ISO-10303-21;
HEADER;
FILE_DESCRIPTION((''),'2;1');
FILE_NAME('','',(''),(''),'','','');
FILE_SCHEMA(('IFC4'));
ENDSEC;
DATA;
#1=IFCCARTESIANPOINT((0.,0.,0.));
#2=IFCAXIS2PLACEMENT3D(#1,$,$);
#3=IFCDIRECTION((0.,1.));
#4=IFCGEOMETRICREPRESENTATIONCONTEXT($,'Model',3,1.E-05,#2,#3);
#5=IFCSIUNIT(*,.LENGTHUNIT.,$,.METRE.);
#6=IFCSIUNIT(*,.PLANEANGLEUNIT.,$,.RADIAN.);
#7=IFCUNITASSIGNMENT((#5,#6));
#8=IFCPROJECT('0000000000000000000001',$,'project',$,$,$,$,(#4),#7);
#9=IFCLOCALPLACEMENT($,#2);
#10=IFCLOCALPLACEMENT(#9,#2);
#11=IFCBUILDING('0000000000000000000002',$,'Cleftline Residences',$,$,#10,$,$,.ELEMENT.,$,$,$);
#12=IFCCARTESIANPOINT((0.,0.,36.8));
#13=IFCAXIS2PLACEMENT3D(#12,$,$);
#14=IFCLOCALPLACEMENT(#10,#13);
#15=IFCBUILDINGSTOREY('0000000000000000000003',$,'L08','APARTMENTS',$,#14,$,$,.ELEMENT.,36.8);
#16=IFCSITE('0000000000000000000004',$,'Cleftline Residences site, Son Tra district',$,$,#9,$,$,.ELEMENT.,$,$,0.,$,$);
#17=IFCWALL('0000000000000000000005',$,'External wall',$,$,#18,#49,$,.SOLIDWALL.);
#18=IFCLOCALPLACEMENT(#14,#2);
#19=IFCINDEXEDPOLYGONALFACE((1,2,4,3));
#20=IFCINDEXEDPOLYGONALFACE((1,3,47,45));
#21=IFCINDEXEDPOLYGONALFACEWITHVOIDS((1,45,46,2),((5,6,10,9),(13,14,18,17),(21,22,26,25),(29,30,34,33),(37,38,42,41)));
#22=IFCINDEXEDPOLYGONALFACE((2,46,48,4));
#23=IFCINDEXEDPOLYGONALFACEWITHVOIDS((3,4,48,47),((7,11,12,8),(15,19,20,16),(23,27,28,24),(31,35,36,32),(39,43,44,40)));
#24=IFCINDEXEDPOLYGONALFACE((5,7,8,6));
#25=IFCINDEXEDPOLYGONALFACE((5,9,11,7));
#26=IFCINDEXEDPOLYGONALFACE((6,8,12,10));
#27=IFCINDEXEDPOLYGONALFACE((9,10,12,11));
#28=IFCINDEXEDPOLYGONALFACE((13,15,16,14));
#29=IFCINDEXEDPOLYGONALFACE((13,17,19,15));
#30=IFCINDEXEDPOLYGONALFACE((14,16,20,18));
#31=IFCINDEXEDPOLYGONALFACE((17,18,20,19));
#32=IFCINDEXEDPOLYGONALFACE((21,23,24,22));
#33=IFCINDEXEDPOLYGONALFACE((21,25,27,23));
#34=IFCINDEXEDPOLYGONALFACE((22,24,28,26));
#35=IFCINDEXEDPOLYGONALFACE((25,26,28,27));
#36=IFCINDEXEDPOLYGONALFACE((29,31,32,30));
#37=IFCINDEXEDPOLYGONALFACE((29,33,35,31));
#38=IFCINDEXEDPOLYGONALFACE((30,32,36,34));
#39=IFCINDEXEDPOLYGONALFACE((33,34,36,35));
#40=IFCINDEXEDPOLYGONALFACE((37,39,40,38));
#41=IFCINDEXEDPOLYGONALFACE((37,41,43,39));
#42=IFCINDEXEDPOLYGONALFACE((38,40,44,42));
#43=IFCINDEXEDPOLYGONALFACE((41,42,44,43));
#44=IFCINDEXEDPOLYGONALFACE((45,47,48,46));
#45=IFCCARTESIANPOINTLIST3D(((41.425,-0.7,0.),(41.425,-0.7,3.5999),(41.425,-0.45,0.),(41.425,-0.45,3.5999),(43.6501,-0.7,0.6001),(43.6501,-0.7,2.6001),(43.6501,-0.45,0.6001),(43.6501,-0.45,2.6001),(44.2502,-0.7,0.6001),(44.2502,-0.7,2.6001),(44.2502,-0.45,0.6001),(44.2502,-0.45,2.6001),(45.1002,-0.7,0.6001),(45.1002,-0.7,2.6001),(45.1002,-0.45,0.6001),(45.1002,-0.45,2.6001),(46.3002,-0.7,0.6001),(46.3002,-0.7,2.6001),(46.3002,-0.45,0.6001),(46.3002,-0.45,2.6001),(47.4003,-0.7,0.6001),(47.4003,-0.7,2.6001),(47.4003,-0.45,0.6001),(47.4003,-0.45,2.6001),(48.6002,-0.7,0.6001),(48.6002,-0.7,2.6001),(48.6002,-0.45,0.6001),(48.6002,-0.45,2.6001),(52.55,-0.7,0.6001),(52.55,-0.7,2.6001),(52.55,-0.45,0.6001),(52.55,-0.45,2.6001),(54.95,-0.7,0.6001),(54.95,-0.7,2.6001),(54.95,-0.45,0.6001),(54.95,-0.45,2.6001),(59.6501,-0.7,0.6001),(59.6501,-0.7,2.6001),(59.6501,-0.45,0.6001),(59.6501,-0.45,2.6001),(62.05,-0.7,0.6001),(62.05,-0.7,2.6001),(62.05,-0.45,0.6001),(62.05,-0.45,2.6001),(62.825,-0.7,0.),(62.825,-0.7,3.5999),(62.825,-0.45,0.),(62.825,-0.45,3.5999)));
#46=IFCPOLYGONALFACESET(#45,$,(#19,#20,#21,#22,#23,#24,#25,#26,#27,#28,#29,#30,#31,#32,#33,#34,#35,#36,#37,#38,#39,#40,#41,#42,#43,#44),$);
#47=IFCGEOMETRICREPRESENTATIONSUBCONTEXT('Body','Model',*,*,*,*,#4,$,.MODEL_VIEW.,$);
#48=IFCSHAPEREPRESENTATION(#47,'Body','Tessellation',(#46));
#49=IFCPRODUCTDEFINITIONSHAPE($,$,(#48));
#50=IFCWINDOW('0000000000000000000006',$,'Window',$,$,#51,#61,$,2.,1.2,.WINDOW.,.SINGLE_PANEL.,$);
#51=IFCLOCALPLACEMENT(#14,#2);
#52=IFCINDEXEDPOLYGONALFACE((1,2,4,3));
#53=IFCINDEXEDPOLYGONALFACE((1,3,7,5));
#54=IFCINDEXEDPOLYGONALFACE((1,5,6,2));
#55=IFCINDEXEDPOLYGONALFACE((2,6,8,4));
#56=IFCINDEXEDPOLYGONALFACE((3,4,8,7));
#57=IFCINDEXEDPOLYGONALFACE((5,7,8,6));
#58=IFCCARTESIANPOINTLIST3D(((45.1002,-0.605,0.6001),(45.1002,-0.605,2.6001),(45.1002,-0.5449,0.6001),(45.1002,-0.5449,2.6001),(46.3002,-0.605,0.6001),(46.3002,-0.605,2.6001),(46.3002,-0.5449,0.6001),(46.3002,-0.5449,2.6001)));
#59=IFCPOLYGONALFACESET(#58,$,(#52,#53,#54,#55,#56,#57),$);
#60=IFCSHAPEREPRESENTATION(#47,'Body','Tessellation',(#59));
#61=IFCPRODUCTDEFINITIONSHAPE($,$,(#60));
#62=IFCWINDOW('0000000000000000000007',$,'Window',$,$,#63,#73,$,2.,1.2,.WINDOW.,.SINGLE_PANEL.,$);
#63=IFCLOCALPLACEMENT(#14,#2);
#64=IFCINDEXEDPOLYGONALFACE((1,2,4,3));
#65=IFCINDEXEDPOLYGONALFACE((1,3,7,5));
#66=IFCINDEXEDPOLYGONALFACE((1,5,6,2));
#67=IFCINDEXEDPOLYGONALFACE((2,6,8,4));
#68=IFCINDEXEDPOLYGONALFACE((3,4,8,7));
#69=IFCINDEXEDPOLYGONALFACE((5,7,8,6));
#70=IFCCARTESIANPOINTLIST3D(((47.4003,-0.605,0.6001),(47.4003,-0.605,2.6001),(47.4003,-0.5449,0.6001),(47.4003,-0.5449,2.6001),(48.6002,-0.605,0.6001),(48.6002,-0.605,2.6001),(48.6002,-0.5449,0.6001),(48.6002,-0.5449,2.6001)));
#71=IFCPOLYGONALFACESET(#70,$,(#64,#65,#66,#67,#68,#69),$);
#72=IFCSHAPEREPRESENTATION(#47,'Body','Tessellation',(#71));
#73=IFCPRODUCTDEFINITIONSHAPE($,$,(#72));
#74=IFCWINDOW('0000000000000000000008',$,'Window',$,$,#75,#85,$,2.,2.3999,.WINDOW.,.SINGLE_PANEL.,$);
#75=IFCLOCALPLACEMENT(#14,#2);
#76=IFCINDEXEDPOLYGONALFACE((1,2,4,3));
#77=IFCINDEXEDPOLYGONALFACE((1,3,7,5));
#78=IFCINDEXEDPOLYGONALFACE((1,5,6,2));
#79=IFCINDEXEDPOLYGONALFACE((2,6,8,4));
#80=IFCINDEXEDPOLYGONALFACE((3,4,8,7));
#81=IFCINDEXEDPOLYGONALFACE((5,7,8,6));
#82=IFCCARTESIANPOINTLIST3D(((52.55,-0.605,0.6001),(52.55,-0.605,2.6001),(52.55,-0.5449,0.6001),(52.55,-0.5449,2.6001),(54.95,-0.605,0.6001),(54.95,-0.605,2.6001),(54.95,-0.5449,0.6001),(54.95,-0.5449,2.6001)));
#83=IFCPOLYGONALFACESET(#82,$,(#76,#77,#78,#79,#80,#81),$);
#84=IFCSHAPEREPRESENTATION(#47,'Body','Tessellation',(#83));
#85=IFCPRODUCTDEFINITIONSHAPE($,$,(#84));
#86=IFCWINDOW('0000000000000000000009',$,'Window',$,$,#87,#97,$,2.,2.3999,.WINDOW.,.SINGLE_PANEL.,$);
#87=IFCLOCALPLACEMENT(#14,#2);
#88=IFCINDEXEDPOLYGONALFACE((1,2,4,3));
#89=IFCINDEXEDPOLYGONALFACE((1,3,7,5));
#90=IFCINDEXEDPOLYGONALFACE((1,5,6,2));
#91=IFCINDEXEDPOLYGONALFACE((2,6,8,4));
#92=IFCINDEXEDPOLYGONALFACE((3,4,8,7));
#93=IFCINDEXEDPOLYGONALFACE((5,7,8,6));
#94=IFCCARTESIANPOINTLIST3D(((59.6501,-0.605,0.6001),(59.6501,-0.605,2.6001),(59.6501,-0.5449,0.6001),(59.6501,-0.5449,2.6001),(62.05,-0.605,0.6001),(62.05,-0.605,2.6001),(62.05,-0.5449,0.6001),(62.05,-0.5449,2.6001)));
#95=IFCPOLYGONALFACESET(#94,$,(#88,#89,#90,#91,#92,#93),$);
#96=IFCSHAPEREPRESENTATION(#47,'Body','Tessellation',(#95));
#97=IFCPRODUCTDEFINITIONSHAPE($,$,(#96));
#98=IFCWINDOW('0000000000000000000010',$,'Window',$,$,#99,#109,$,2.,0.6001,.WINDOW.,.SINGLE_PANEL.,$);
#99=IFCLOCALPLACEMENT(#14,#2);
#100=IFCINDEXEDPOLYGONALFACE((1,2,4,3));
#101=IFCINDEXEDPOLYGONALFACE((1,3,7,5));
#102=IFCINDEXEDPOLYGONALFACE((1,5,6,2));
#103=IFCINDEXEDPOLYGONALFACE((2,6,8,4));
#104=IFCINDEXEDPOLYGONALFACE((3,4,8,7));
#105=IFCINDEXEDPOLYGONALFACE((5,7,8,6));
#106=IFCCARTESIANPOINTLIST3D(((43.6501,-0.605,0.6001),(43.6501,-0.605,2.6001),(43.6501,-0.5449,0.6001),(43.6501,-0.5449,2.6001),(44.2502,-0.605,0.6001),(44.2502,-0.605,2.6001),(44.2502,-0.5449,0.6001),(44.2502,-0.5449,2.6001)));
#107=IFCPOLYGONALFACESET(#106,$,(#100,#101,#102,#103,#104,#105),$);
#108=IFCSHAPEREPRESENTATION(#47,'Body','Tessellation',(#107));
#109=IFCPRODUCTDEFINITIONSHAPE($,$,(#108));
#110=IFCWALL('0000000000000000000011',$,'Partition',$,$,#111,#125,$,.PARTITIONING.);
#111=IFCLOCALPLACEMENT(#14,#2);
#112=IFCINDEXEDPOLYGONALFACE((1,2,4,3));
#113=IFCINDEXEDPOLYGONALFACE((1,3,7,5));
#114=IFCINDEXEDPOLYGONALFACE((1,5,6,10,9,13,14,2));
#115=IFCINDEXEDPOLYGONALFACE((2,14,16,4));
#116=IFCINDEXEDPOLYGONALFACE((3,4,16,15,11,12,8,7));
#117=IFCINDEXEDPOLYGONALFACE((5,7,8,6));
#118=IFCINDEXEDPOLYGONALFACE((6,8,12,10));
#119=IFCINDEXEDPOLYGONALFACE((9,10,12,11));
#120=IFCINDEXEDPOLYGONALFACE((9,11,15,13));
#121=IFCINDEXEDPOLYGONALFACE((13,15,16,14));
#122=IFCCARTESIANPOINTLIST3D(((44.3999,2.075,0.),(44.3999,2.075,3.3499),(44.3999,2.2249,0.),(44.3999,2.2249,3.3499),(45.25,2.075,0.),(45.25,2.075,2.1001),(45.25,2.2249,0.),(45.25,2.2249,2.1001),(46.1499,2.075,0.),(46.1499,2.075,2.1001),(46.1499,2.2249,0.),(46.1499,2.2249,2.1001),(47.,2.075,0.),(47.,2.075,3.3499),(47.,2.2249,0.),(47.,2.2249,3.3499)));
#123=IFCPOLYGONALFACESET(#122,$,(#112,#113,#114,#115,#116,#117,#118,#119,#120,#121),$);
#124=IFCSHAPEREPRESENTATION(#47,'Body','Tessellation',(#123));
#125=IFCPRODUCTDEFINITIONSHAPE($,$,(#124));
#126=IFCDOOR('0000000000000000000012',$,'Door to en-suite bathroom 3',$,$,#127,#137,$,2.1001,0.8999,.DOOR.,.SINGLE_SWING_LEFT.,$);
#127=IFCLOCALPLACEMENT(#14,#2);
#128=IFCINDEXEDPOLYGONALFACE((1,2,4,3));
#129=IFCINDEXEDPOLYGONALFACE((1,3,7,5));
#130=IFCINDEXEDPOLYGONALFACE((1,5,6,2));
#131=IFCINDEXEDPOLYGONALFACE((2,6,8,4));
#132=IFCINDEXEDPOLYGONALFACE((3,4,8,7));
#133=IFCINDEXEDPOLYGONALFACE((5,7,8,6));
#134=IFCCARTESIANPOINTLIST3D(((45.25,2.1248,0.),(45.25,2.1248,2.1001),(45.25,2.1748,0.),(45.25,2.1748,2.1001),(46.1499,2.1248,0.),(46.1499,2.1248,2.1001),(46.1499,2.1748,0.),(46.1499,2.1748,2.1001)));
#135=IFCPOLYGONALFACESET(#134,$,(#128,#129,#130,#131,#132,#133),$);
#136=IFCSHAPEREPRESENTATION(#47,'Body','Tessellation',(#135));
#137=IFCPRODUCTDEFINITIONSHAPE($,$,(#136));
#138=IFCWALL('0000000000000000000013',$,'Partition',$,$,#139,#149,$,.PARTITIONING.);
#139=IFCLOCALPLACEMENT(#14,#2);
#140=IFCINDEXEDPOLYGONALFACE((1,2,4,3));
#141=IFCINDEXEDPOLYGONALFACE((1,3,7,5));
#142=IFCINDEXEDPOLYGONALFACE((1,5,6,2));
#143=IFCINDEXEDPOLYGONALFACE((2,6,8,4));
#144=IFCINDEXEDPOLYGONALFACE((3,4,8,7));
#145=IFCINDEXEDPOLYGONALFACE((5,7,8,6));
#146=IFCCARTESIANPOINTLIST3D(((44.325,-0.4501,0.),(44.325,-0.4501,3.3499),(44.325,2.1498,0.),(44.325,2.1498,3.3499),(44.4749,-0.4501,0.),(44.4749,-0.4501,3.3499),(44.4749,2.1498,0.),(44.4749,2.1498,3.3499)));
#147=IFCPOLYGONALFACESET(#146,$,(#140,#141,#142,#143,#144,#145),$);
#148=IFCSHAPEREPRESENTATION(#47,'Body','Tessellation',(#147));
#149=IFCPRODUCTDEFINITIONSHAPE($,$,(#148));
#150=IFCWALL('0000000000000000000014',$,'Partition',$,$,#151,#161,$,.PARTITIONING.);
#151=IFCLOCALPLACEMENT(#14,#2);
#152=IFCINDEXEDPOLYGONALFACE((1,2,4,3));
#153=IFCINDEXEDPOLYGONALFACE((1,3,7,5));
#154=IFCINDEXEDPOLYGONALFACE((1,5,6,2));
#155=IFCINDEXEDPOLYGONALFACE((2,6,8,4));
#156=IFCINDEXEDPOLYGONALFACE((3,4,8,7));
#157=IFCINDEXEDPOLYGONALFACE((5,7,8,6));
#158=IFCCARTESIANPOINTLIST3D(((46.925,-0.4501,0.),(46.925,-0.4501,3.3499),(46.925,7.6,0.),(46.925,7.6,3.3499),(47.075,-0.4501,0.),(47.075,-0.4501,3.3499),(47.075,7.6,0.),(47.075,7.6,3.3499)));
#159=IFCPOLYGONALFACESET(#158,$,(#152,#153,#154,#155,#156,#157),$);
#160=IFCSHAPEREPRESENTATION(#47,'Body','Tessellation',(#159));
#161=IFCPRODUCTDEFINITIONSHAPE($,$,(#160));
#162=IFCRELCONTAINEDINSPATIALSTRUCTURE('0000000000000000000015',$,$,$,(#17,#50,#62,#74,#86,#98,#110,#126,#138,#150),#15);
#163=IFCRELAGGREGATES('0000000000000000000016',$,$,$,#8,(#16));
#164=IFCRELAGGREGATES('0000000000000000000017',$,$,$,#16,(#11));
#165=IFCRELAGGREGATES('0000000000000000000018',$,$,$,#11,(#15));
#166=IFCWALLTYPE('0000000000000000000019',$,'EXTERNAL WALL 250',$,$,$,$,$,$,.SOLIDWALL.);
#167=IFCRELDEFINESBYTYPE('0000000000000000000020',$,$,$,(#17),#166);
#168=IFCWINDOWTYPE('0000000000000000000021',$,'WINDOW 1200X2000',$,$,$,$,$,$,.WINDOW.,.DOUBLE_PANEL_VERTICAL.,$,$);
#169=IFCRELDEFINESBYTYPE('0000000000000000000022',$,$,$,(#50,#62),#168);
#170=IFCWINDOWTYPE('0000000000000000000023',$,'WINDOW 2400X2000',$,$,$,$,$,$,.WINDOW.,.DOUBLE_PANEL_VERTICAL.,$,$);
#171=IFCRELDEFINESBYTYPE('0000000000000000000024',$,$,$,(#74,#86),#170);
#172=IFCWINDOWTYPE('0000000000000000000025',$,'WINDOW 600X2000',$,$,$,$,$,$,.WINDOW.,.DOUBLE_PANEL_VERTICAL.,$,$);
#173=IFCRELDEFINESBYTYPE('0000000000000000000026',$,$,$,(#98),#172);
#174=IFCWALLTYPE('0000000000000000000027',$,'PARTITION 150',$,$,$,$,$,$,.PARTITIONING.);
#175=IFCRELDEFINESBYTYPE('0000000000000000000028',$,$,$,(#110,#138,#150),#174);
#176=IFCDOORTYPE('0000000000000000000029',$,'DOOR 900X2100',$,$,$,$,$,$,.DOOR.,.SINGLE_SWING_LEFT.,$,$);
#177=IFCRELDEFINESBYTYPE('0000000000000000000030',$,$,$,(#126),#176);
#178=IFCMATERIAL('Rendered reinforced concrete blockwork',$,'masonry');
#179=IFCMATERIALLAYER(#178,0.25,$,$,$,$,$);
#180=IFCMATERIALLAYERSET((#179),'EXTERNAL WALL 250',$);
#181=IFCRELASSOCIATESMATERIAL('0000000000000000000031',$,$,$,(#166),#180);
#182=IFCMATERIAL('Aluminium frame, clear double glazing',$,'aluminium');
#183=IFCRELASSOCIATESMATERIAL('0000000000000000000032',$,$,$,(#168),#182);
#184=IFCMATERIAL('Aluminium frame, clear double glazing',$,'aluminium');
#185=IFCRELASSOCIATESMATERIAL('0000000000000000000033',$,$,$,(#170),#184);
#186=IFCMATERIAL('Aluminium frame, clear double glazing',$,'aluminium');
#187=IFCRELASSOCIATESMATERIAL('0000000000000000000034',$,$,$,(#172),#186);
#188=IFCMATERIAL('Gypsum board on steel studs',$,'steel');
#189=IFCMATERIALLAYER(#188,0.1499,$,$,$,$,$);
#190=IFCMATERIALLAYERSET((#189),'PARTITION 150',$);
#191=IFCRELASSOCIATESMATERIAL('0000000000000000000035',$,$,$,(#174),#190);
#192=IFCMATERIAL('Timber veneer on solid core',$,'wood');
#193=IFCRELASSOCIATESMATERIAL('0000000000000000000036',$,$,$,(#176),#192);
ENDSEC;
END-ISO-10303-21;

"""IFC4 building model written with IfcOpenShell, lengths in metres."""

from ifc_helpers import new_model, si_unit, direction, frame, frame_2d, origin, place, context, subcontext, project, spatial, rectangle, extrude, material, layer, layer_set, type_object, element, fill, save


model = new_model("IFC4")

# Units and contexts
model_context = context("Model", 3, precision=1e-05, world=origin(), true_north=direction((0.0, 1.0)))
body_context = subcontext(model_context, "Body", "Model", "MODEL_VIEW")
ifc_project = project(units=[si_unit("LENGTHUNIT", "METRE"), si_unit("PLANEANGLEUNIT", "RADIAN")], contexts=[model_context])

# Site, building, storey
site_placement = place(None, origin())
site = spatial("IfcSite", under=ifc_project, at=site_placement, Name="Cleftline Residences site, Son Tra district", CompositionType="ELEMENT", RefElevation=0.0)
building_placement = place(site_placement, origin())
building = spatial("IfcBuilding", under=site, at=building_placement, Name="Cleftline Residences", CompositionType="ELEMENT")
storey_placement = place(building_placement, frame((0.0, 0.0, 36.8)))
storey = spatial("IfcBuildingStorey", under=building, at=storey_placement, Name="L08", Description="APARTMENTS", CompositionType="ELEMENT", Elevation=36.8)

# Wall, openings, windows
ifc_material_1 = material(Name="Rendered reinforced concrete blockwork", Category="masonry")
ifc_layer_1 = layer(ifc_material_1, 0.25)
ifc_layer_set_1 = layer_set([ifc_layer_1], Name="EXTERNAL WALL 250")
wall_type_1 = type_object("IfcWallType", Name="EXTERNAL WALL 250", PredefinedType="SOLIDWALL", material=ifc_layer_set_1)
wall_1_placement = place(storey_placement, frame((41.425, -0.575, 0.0), z_axis=(0.0, 0.0, 1.0), x_axis=(1.0, 0.0, 0.0)))
wall_1 = element("IfcWall", 1, at=wall_1_placement, inside=storey, type_object=wall_type_1, Name="External wall", PredefinedType="SOLIDWALL", context=body_context, shape_type="SweptSolid", body=[
    extrude(rectangle(XDim=21.3999, YDim=0.25, at=frame_2d((10.7, 0.0))), origin(), (0.0, 0.0, 1.0), 3.5999),
])
opening_1_placement = place(wall_1_placement, frame((2.2251, 0.0, 0.6001)))
opening_1 = element("IfcOpeningElement", 2, at=opening_1_placement, cuts=wall_1, PredefinedType="OPENING", context=body_context, shape_type="SweptSolid", body=[
    extrude(rectangle(XDim=0.6001, YDim=2.0, at=frame_2d((0.3, 1.0))), frame((0.0, 0.135, 0.0), z_axis=(0.0, -1.0, 0.0), x_axis=(1.0, 0.0, 0.0)), (0.0, 0.0, 1.0), 0.27),
])
opening_2_placement = place(wall_1_placement, frame((3.675, 0.0, 0.6001)))
opening_2 = element("IfcOpeningElement", 3, at=opening_2_placement, cuts=wall_1, PredefinedType="OPENING", context=body_context, shape_type="SweptSolid", body=[
    extrude(rectangle(XDim=1.2, YDim=2.0, at=frame_2d((0.6001, 1.0))), frame((0.0, 0.135, 0.0), z_axis=(0.0, -1.0, 0.0), x_axis=(1.0, 0.0, 0.0)), (0.0, 0.0, 1.0), 0.27),
])
opening_3_placement = place(wall_1_placement, frame((5.9751, 0.0, 0.6001)))
opening_3 = element("IfcOpeningElement", 4, at=opening_3_placement, cuts=wall_1, PredefinedType="OPENING", context=body_context, shape_type="SweptSolid", body=[
    extrude(rectangle(XDim=1.2, YDim=2.0, at=frame_2d((0.6001, 1.0))), frame((0.0, 0.135, 0.0), z_axis=(0.0, -1.0, 0.0), x_axis=(1.0, 0.0, 0.0)), (0.0, 0.0, 1.0), 0.27),
])
opening_4_placement = place(wall_1_placement, frame((11.125, 0.0, 0.6001)))
opening_4 = element("IfcOpeningElement", 5, at=opening_4_placement, cuts=wall_1, PredefinedType="OPENING", context=body_context, shape_type="SweptSolid", body=[
    extrude(rectangle(XDim=2.3999, YDim=2.0, at=frame_2d((1.2, 1.0))), frame((0.0, 0.135, 0.0), z_axis=(0.0, -1.0, 0.0), x_axis=(1.0, 0.0, 0.0)), (0.0, 0.0, 1.0), 0.27),
])
opening_5_placement = place(wall_1_placement, frame((18.2251, 0.0, 0.6001)))
opening_5 = element("IfcOpeningElement", 6, at=opening_5_placement, cuts=wall_1, PredefinedType="OPENING", context=body_context, shape_type="SweptSolid", body=[
    extrude(rectangle(XDim=2.3999, YDim=2.0, at=frame_2d((1.2, 1.0))), frame((0.0, 0.135, 0.0), z_axis=(0.0, -1.0, 0.0), x_axis=(1.0, 0.0, 0.0)), (0.0, 0.0, 1.0), 0.27),
])
ifc_material_2 = material(Name="Aluminium frame, clear double glazing", Category="aluminium")
window_type_1 = type_object("IfcWindowType", Name="WINDOW 1200X2000", PartitioningType="DOUBLE_PANEL_VERTICAL", PredefinedType="WINDOW", material=ifc_material_2)
window_1_placement = place(opening_2_placement, origin())
window_1 = element("IfcWindow", 7, at=window_1_placement, inside=storey, type_object=window_type_1, Name="Window", OverallHeight=2.0, OverallWidth=1.2, PartitioningType="SINGLE_PANEL", PredefinedType="WINDOW", context=body_context, shape_type="SweptSolid", body=[
    extrude(rectangle(XDim=1.2, YDim=2.0, at=frame_2d((0.6001, 1.0))), frame((0.0, 0.03, 0.0), z_axis=(0.0, -1.0, 0.0), x_axis=(1.0, 0.0, 0.0)), (0.0, 0.0, 1.0), 0.0601),
])
fill(opening_2, window_1)
window_2_placement = place(opening_3_placement, origin())
window_2 = element("IfcWindow", 8, at=window_2_placement, inside=storey, type_object=window_type_1, Name="Window", OverallHeight=2.0, OverallWidth=1.2, PartitioningType="SINGLE_PANEL", PredefinedType="WINDOW", context=body_context, shape_type="SweptSolid", body=[
    extrude(rectangle(XDim=1.2, YDim=2.0, at=frame_2d((0.6001, 1.0))), frame((0.0, 0.03, 0.0), z_axis=(0.0, -1.0, 0.0), x_axis=(1.0, 0.0, 0.0)), (0.0, 0.0, 1.0), 0.0601),
])
fill(opening_3, window_2)
ifc_material_3 = material(Name="Aluminium frame, clear double glazing", Category="aluminium")
window_type_2 = type_object("IfcWindowType", Name="WINDOW 2400X2000", PartitioningType="DOUBLE_PANEL_VERTICAL", PredefinedType="WINDOW", material=ifc_material_3)
window_3_placement = place(opening_4_placement, origin())
window_3 = element("IfcWindow", 9, at=window_3_placement, inside=storey, type_object=window_type_2, Name="Window", OverallHeight=2.0, OverallWidth=2.3999, PartitioningType="SINGLE_PANEL", PredefinedType="WINDOW", context=body_context, shape_type="SweptSolid", body=[
    extrude(rectangle(XDim=2.3999, YDim=2.0, at=frame_2d((1.2, 1.0))), frame((0.0, 0.03, 0.0), z_axis=(0.0, -1.0, 0.0), x_axis=(1.0, 0.0, 0.0)), (0.0, 0.0, 1.0), 0.0601),
])
fill(opening_4, window_3)
window_4_placement = place(opening_5_placement, origin())
window_4 = element("IfcWindow", 10, at=window_4_placement, inside=storey, type_object=window_type_2, Name="Window", OverallHeight=2.0, OverallWidth=2.3999, PartitioningType="SINGLE_PANEL", PredefinedType="WINDOW", context=body_context, shape_type="SweptSolid", body=[
    extrude(rectangle(XDim=2.3999, YDim=2.0, at=frame_2d((1.2, 1.0))), frame((0.0, 0.03, 0.0), z_axis=(0.0, -1.0, 0.0), x_axis=(1.0, 0.0, 0.0)), (0.0, 0.0, 1.0), 0.0601),
])
fill(opening_5, window_4)
ifc_material_4 = material(Name="Aluminium frame, clear double glazing", Category="aluminium")
window_type_3 = type_object("IfcWindowType", Name="WINDOW 600X2000", PartitioningType="DOUBLE_PANEL_VERTICAL", PredefinedType="WINDOW", material=ifc_material_4)
window_5_placement = place(opening_1_placement, origin())
window_5 = element("IfcWindow", 11, at=window_5_placement, inside=storey, type_object=window_type_3, Name="Window", OverallHeight=2.0, OverallWidth=0.6001, PartitioningType="SINGLE_PANEL", PredefinedType="WINDOW", context=body_context, shape_type="SweptSolid", body=[
    extrude(rectangle(XDim=0.6001, YDim=2.0, at=frame_2d((0.3, 1.0))), frame((0.0, 0.03, 0.0), z_axis=(0.0, -1.0, 0.0), x_axis=(1.0, 0.0, 0.0)), (0.0, 0.0, 1.0), 0.0601),
])
fill(opening_1, window_5)

# Wall, opening, door
ifc_material_5 = material(Name="Gypsum board on steel studs", Category="steel")
ifc_layer_2 = layer(ifc_material_5, 0.1499)
ifc_layer_set_2 = layer_set([ifc_layer_2], Name="PARTITION 150")
wall_type_2 = type_object("IfcWallType", Name="PARTITION 150", PredefinedType="PARTITIONING", material=ifc_layer_set_2)
wall_2_placement = place(storey_placement, frame((44.3999, 2.1499, 0.0), z_axis=(0.0, 0.0, 1.0), x_axis=(1.0, 0.0, 0.0)))
wall_2 = element("IfcWall", 12, at=wall_2_placement, inside=storey, type_object=wall_type_2, Name="Partition", PredefinedType="PARTITIONING", context=body_context, shape_type="SweptSolid", body=[
    extrude(rectangle(XDim=2.6001, YDim=0.1499, at=frame_2d((1.3, 0.0))), origin(), (0.0, 0.0, 1.0), 3.3499),
])
opening_6_placement = place(wall_2_placement, frame((0.8501, 0.0, 0.0)))
opening_6 = element("IfcOpeningElement", 13, at=opening_6_placement, cuts=wall_2, PredefinedType="OPENING", context=body_context, shape_type="SweptSolid", body=[
    extrude(rectangle(XDim=0.8999, YDim=2.1001, at=frame_2d((0.45, 1.05))), frame((0.0, 0.085, 0.0), z_axis=(0.0, -1.0, 0.0), x_axis=(1.0, 0.0, 0.0)), (0.0, 0.0, 1.0), 0.1699),
])
ifc_material_6 = material(Name="Timber veneer on solid core", Category="wood")
door_type = type_object("IfcDoorType", Name="DOOR 900X2100", OperationType="SINGLE_SWING_LEFT", PredefinedType="DOOR", material=ifc_material_6)
door_placement = place(opening_6_placement, origin())
door = element("IfcDoor", 14, at=door_placement, inside=storey, type_object=door_type, Name="Door to en-suite bathroom 3", OperationType="SINGLE_SWING_LEFT", OverallHeight=2.1001, OverallWidth=0.8999, PredefinedType="DOOR", context=body_context, shape_type="SweptSolid", body=[
    extrude(rectangle(XDim=0.8999, YDim=2.1001, at=frame_2d((0.45, 1.05))), frame((0.0, 0.0249, 0.0), z_axis=(0.0, -1.0, 0.0), x_axis=(1.0, 0.0, 0.0)), (0.0, 0.0, 1.0), 0.05),
])
fill(opening_6, door)

# Walls
wall_3_placement = place(storey_placement, frame((44.3999, -0.45, 0.0), z_axis=(0.0, 0.0, 1.0), x_axis=(0.0, 1.0, 0.0)))
element("IfcWall", 15, at=wall_3_placement, inside=storey, type_object=wall_type_2, Name="Partition", PredefinedType="PARTITIONING", context=body_context, shape_type="SweptSolid", body=[
    extrude(rectangle(XDim=2.5999, YDim=0.1499, at=frame_2d((1.2998, 0.0))), origin(), (0.0, 0.0, 1.0), 3.3499),
])
wall_4_placement = place(storey_placement, frame((47.0, -0.45, 0.0), z_axis=(0.0, 0.0, 1.0), x_axis=(0.0, 1.0, 0.0)))
element("IfcWall", 16, at=wall_4_placement, inside=storey, type_object=wall_type_2, Name="Partition", PredefinedType="PARTITIONING", context=body_context, shape_type="SweptSolid", body=[
    extrude(rectangle(XDim=8.05, YDim=0.1499, at=frame_2d((4.0249, 0.0))), origin(), (0.0, 0.0, 1.0), 3.3499),
])

save(model, "model.ifc")
